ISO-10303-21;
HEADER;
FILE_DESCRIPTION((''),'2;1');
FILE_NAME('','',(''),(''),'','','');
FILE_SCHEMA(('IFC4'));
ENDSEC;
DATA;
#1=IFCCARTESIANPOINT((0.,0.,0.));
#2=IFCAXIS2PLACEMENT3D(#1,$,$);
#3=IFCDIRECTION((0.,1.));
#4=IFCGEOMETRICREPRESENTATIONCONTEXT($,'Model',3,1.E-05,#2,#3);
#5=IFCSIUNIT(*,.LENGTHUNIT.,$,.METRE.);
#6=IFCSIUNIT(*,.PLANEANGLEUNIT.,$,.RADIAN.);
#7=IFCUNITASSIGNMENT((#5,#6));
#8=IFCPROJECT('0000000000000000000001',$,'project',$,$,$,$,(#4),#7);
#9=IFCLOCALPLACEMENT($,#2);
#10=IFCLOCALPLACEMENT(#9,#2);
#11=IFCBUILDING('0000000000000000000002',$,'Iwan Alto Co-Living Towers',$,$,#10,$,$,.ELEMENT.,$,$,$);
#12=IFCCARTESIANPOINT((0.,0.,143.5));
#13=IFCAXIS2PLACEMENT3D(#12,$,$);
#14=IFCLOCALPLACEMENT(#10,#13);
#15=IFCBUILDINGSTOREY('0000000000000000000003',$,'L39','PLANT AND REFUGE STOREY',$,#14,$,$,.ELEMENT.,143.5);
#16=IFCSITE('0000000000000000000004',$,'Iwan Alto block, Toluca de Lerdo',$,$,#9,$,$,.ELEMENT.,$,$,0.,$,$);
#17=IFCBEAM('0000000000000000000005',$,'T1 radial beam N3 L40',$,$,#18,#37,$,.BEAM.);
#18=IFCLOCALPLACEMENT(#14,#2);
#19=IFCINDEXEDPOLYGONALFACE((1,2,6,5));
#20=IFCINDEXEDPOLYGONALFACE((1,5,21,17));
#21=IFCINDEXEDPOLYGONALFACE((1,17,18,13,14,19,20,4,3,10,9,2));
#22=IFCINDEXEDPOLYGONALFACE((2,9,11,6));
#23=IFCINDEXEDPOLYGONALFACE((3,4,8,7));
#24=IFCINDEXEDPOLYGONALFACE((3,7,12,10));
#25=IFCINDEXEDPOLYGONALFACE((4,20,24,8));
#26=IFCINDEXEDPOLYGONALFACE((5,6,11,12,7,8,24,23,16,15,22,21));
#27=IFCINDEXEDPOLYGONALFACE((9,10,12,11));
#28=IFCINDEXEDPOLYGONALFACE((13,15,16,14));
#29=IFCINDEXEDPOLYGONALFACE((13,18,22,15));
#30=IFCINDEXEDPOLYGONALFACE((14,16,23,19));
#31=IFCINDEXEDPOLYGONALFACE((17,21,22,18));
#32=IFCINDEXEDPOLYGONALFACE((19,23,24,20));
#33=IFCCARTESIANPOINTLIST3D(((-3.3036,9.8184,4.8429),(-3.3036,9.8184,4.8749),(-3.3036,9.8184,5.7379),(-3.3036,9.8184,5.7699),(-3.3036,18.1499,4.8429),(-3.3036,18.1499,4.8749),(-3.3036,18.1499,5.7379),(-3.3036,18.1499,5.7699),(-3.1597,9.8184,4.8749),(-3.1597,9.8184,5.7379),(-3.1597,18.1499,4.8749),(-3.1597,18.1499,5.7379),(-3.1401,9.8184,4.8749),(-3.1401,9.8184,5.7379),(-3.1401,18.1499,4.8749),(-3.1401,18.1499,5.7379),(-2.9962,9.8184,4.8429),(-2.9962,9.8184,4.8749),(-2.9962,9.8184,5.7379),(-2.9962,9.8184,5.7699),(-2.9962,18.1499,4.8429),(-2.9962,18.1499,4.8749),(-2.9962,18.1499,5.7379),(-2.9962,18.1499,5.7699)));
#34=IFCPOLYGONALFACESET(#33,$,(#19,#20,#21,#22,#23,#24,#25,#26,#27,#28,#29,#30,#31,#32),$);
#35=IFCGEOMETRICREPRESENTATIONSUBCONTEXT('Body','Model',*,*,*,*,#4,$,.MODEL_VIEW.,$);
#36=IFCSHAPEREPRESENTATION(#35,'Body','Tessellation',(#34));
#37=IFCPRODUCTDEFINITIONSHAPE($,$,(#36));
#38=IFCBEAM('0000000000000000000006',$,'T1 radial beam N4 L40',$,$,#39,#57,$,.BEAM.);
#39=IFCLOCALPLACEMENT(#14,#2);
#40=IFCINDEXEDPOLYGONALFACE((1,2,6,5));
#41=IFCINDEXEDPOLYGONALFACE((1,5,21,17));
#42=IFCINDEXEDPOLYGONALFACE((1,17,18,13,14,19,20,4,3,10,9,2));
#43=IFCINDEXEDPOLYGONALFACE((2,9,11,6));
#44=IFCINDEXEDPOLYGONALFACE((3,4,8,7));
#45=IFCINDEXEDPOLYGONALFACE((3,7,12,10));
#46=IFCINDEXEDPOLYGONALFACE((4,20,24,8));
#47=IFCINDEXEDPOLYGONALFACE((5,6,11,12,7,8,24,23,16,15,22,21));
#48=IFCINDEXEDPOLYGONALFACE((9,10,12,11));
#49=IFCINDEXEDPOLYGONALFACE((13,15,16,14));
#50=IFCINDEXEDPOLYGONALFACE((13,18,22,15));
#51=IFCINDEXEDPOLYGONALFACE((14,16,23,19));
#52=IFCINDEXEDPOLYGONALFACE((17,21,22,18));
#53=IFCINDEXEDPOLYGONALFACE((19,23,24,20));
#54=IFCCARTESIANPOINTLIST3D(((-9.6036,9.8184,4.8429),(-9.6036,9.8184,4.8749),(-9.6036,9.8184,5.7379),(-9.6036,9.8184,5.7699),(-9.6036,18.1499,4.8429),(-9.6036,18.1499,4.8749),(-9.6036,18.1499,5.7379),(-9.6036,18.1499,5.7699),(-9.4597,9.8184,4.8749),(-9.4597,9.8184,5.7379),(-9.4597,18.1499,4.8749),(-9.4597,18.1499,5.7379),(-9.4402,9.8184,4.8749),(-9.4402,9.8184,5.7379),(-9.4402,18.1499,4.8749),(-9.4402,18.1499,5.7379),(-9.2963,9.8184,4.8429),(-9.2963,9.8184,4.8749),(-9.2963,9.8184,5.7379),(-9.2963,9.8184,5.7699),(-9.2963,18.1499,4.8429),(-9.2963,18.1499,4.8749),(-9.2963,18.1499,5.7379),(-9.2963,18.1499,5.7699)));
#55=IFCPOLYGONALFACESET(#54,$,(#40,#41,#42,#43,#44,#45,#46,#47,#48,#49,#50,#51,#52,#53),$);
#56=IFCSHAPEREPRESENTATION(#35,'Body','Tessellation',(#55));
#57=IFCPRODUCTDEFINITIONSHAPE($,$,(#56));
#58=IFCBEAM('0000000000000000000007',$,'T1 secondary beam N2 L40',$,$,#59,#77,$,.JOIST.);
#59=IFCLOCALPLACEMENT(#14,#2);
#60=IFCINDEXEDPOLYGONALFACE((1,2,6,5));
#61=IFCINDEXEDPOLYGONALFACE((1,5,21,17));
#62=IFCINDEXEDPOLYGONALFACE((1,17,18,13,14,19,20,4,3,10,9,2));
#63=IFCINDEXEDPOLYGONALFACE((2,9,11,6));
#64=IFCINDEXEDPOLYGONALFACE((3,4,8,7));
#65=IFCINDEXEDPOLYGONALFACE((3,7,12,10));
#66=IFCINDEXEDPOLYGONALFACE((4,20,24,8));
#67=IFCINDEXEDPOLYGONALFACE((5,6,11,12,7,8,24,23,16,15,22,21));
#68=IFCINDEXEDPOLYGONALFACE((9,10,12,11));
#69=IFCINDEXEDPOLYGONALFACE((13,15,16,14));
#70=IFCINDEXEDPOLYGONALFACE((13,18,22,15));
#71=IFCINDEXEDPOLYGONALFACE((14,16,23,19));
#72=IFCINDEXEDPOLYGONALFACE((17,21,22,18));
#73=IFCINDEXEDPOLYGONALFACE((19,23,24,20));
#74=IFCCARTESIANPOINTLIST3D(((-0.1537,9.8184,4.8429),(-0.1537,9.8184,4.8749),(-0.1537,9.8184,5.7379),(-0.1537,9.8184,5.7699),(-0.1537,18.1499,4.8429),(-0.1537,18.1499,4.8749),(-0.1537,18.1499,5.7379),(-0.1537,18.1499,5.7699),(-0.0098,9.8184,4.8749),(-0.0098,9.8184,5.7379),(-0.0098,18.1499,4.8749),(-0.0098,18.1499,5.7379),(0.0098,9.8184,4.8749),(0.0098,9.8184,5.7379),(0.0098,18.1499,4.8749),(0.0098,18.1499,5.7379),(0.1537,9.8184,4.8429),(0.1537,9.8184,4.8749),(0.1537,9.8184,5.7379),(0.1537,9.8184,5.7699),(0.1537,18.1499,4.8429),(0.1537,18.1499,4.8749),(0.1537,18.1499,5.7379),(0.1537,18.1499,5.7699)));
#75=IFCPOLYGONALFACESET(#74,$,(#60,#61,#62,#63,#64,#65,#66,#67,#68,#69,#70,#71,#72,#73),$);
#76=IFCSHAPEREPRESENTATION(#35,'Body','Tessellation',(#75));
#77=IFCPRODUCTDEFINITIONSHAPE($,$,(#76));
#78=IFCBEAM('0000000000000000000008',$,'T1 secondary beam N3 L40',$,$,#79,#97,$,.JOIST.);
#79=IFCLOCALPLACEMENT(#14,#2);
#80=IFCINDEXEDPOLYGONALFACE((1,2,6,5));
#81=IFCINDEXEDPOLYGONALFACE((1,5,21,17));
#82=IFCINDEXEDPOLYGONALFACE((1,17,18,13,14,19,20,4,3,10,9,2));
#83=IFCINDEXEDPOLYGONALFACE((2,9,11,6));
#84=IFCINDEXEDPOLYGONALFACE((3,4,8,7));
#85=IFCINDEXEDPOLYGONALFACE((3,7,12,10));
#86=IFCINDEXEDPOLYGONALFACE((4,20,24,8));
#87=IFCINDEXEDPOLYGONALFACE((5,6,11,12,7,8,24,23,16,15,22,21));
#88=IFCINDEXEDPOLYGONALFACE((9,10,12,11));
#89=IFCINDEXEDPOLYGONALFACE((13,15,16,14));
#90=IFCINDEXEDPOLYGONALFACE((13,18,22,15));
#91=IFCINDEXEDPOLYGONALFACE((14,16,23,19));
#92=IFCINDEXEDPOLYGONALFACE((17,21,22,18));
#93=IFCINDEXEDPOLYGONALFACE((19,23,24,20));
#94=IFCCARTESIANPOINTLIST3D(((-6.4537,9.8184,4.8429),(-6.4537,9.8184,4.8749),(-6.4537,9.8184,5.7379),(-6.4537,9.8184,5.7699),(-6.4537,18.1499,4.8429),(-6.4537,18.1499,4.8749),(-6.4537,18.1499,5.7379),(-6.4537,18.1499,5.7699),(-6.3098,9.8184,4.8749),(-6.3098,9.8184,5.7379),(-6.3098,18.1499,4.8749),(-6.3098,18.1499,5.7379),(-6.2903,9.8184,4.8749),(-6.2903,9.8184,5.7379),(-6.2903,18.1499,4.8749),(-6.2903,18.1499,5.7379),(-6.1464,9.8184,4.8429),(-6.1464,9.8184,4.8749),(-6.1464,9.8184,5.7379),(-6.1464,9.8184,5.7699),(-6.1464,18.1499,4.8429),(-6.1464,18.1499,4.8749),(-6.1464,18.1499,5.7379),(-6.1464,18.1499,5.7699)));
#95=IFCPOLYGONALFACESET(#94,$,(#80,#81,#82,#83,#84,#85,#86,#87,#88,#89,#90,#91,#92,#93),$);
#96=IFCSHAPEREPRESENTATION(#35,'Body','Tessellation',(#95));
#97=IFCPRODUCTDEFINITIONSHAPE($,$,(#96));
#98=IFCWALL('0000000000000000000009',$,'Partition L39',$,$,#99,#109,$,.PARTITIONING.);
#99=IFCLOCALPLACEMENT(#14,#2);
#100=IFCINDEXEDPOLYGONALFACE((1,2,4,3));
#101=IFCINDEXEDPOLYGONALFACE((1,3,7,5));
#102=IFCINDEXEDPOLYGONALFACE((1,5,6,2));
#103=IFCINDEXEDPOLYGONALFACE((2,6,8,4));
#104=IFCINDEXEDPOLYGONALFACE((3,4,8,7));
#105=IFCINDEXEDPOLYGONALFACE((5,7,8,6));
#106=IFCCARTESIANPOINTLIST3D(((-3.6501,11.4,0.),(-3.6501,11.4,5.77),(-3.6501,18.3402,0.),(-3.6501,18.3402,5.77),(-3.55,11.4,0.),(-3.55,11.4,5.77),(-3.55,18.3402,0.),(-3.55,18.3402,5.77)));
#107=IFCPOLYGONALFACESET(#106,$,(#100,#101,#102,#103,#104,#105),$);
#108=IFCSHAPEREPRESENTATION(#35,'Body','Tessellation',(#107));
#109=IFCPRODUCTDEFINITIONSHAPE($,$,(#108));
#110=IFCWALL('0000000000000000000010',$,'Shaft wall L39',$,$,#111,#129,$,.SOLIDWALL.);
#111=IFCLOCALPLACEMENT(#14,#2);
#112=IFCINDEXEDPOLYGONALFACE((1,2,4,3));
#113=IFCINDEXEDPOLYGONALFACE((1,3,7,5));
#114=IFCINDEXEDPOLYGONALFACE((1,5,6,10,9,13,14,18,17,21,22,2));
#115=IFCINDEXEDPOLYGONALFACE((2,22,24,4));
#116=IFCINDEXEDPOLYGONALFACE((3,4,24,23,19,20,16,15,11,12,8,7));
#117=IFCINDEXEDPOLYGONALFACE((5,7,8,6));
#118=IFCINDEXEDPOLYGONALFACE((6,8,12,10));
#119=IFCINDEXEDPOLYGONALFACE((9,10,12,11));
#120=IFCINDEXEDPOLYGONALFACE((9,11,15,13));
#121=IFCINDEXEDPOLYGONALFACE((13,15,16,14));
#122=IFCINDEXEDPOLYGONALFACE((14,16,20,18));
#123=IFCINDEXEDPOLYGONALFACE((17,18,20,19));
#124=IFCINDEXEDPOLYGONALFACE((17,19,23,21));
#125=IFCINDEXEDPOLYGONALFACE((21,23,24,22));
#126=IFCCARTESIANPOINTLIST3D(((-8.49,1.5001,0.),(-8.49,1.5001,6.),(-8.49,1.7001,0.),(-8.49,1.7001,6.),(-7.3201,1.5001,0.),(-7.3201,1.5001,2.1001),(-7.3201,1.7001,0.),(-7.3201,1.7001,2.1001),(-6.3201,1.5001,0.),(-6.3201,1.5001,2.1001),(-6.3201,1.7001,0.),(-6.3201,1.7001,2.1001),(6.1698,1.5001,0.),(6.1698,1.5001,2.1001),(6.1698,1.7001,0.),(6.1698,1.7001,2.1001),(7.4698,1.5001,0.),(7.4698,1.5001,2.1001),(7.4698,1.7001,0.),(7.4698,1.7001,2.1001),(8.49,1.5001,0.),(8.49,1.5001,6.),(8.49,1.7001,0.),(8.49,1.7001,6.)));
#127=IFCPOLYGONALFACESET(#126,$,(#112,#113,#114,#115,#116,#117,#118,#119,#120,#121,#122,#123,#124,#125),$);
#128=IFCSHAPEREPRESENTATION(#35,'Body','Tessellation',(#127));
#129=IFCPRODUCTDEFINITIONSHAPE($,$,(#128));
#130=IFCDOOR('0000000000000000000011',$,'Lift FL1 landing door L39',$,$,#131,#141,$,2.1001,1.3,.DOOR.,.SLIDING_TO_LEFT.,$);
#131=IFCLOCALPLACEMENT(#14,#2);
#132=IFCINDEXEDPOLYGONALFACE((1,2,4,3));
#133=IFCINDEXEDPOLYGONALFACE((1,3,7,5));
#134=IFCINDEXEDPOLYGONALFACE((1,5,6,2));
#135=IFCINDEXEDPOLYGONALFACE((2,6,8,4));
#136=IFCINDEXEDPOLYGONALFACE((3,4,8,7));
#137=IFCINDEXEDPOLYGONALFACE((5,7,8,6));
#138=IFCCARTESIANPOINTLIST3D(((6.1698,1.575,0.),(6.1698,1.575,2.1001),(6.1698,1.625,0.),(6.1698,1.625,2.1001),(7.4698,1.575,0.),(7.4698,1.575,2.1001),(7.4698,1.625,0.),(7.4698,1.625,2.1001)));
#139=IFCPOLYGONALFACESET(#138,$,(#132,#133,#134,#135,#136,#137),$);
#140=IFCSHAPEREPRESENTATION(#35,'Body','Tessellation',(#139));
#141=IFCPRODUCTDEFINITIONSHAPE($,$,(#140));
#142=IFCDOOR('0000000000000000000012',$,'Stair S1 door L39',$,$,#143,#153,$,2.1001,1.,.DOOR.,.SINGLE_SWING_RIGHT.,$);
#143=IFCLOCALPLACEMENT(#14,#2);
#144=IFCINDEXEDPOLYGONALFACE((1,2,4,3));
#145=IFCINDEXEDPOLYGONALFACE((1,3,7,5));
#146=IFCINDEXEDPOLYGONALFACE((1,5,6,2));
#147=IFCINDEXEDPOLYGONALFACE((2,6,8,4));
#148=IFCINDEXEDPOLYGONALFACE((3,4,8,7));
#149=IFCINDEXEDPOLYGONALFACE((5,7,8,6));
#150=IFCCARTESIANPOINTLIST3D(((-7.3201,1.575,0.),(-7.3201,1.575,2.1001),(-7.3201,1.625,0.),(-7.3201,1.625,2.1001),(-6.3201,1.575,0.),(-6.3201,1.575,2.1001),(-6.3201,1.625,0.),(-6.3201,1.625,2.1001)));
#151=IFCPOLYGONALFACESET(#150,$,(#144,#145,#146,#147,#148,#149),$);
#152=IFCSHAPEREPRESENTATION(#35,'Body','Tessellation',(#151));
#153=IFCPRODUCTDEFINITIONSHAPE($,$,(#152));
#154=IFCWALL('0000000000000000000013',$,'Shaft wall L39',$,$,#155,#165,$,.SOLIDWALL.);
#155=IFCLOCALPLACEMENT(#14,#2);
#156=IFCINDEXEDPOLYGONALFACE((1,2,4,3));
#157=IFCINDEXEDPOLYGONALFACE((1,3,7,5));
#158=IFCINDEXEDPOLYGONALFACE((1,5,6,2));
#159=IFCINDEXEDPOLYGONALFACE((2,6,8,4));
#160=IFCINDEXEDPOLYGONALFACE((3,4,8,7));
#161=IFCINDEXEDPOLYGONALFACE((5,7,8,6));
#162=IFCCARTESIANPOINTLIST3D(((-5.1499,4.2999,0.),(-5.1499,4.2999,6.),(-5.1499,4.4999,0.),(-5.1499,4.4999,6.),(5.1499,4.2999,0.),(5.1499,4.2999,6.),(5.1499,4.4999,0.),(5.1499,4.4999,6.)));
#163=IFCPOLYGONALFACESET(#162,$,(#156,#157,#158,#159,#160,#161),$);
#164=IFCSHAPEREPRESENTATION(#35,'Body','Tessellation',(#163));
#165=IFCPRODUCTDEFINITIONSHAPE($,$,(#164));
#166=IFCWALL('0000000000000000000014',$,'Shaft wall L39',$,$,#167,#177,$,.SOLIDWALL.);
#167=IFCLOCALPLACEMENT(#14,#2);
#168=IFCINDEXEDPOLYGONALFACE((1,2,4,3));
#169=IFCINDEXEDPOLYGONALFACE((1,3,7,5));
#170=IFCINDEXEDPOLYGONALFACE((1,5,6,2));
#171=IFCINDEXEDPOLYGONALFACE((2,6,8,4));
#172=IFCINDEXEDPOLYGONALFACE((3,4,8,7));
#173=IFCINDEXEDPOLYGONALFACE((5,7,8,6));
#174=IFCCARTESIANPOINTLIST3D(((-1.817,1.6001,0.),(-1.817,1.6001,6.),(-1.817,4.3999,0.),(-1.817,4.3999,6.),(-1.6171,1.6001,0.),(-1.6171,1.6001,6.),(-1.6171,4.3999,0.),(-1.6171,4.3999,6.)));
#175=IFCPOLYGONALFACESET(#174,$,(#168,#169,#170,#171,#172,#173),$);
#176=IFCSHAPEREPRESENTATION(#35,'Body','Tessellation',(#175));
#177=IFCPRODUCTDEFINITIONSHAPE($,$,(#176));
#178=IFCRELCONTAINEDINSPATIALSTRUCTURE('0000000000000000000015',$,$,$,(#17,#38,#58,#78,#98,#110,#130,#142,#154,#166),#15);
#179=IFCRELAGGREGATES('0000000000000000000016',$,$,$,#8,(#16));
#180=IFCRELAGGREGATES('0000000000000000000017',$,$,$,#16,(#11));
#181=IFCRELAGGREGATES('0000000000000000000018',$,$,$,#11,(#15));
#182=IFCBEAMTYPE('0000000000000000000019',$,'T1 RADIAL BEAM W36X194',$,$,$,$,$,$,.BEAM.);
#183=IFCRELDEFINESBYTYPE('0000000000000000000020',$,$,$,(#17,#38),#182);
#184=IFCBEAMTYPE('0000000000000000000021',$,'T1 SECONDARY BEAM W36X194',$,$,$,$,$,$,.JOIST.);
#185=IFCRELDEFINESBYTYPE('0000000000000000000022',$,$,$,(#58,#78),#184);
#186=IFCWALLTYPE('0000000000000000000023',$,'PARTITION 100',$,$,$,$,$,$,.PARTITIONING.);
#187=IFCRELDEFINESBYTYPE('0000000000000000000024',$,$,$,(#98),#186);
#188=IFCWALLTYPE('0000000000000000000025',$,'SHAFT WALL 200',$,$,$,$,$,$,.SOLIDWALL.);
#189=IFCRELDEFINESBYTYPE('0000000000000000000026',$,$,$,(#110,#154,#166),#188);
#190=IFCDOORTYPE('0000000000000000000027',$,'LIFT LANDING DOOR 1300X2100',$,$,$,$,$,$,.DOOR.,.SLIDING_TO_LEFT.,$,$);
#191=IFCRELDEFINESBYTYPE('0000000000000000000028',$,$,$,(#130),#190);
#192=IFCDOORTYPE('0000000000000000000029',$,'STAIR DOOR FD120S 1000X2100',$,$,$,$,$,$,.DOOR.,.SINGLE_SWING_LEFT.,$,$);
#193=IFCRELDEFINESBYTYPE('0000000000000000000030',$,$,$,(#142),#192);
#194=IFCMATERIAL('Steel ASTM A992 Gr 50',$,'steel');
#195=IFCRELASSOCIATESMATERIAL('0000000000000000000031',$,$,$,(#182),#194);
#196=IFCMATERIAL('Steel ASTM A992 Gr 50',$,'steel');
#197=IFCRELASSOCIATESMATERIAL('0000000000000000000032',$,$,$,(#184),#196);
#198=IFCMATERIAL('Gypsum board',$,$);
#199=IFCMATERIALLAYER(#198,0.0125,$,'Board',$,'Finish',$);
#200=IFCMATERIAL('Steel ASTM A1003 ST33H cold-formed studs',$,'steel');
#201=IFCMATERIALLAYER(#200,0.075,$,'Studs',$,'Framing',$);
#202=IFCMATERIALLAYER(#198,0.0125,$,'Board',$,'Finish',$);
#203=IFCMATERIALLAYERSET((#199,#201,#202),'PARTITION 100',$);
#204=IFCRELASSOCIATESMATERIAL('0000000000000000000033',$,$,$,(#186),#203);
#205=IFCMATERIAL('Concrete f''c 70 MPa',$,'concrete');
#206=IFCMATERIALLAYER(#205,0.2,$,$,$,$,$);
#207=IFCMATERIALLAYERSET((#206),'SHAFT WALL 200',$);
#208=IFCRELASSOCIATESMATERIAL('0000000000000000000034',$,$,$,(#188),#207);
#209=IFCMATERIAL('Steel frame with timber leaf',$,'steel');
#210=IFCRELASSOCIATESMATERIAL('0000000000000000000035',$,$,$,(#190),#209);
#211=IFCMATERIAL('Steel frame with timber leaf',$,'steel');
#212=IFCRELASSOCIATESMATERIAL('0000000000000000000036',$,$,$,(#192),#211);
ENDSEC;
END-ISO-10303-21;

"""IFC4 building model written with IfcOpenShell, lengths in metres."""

from ifc_helpers import new_model, si_unit, direction, frame, frame_2d, origin, origin_2d, place, context, subcontext, project, spatial, rectangle, i_section, extrude, material, layer, layer_set, material_profile, profile_set, type_object, element, fill, save


model = new_model("IFC4")

# Units and contexts
model_context = context("Model", 3, precision=1e-05, world=origin(), true_north=direction((0.0, 1.0)))
body_context = subcontext(model_context, "Body", "Model", "MODEL_VIEW")
ifc_project = project(units=[si_unit("LENGTHUNIT", "METRE"), si_unit("PLANEANGLEUNIT", "RADIAN")], contexts=[model_context])

# Site, building, storey
site_placement = place(None, origin())
site = spatial("IfcSite", under=ifc_project, at=site_placement, Name="Iwan Alto block, Toluca de Lerdo", CompositionType="ELEMENT", RefElevation=0.0)
building_placement = place(site_placement, origin())
building = spatial("IfcBuilding", under=site, at=building_placement, Name="Iwan Alto Co-Living Towers", CompositionType="ELEMENT")
storey_placement = place(building_placement, frame((0.0, 0.0, 143.5)))
storey = spatial("IfcBuildingStorey", under=building, at=storey_placement, Name="L39", Description="PLANT AND REFUGE STOREY", CompositionType="ELEMENT", Elevation=143.5)

# Beams
ifc_material_1 = material(Name="Steel ASTM A992 Gr 50", Category="steel")
ifc_material_profile_1 = material_profile(ifc_material_1, i_section(OverallWidth=0.3074, OverallDepth=0.927, WebThickness=0.0195, FlangeThickness=0.032, at=origin_2d()), Name="W36X194")
ifc_profile_set_1 = profile_set([ifc_material_profile_1], Name="Steel ASTM A992 Gr 50")
beam_type_1 = type_object("IfcBeamType", Name="T1 RADIAL BEAM W36X194", PredefinedType="BEAM", material=ifc_profile_set_1)
for number, where, z_axis, x_axis, name in (
    (1, (-3.1499, 18.1499, 5.3064), (0.0, -1.0, 0.0), (1.0, 0.0, 0.0), "T1 radial beam N3 L40"),
    (2, (-9.45, 18.1499, 5.3064), (0.0, -1.0, 0.0), (1.0, 0.0, 0.0), "T1 radial beam N4 L40"),
):
    element("IfcBeam", number, at=place(storey_placement, frame(where, z_axis=z_axis, x_axis=x_axis)), inside=storey, type_object=beam_type_1, Name=name, PredefinedType="BEAM", context=body_context, shape_type="SweptSolid", body=[
        extrude(i_section(OverallWidth=0.3074, OverallDepth=0.927, WebThickness=0.0195, FlangeThickness=0.032, at=origin_2d()), origin(), (0.0, 0.0, 1.0), 8.3315),
    ])
ifc_material_2 = material(Name="Steel ASTM A992 Gr 50", Category="steel")
ifc_material_profile_2 = material_profile(ifc_material_2, i_section(OverallWidth=0.3074, OverallDepth=0.927, WebThickness=0.0195, FlangeThickness=0.032, at=origin_2d()), Name="W36X194")
ifc_profile_set_2 = profile_set([ifc_material_profile_2], Name="Steel ASTM A992 Gr 50")
beam_type_2 = type_object("IfcBeamType", Name="T1 SECONDARY BEAM W36X194", PredefinedType="JOIST", material=ifc_profile_set_2)
for number, where, z_axis, x_axis, name in (
    (3, (0.0, 18.1499, 5.3064), (0.0, -1.0, 0.0), (1.0, 0.0, 0.0), "T1 secondary beam N2 L40"),
    (4, (-6.3, 18.1499, 5.3064), (0.0, -1.0, 0.0), (1.0, 0.0, 0.0), "T1 secondary beam N3 L40"),
):
    element("IfcBeam", number, at=place(storey_placement, frame(where, z_axis=z_axis, x_axis=x_axis)), inside=storey, type_object=beam_type_2, Name=name, PredefinedType="JOIST", context=body_context, shape_type="SweptSolid", body=[
        extrude(i_section(OverallWidth=0.3074, OverallDepth=0.927, WebThickness=0.0195, FlangeThickness=0.032, at=origin_2d()), origin(), (0.0, 0.0, 1.0), 8.3315),
    ])

# Wall
ifc_material_3 = material(Name="Gypsum board")
ifc_layer_1 = layer(ifc_material_3, 0.0125, Name="Board", Category="Finish")
ifc_material_4 = material(Name="Steel ASTM A1003 ST33H cold-formed studs", Category="steel")
ifc_layer_2 = layer(ifc_material_4, 0.075, Name="Studs", Category="Framing")
ifc_layer_3 = layer(ifc_material_3, 0.0125, Name="Board", Category="Finish")
ifc_layer_set_1 = layer_set([ifc_layer_1, ifc_layer_2, ifc_layer_3], Name="PARTITION 100")
wall_type_1 = type_object("IfcWallType", Name="PARTITION 100", PredefinedType="PARTITIONING", material=ifc_layer_set_1)
wall_1_placement = place(storey_placement, frame((-3.6001, 11.3999, 0.0), z_axis=(0.0, 0.0, 1.0), x_axis=(0.0, 1.0, 0.0)))
element("IfcWall", 5, at=wall_1_placement, inside=storey, type_object=wall_type_1, Name="Partition L39", PredefinedType="PARTITIONING", context=body_context, shape_type="SweptSolid", body=[
    extrude(rectangle(XDim=6.9402, YDim=0.1001, at=frame_2d((3.4702, 0.0))), origin(), (0.0, 0.0, 1.0), 5.77),
])

# Wall, openings, doors
ifc_material_5 = material(Name="Concrete f'c 70 MPa", Category="concrete")
ifc_layer_4 = layer(ifc_material_5, 0.2)
ifc_layer_set_2 = layer_set([ifc_layer_4], Name="SHAFT WALL 200")
wall_type_2 = type_object("IfcWallType", Name="SHAFT WALL 200", PredefinedType="SOLIDWALL", material=ifc_layer_set_2)
wall_2_placement = place(storey_placement, frame((-8.49, 1.6001, 0.0), z_axis=(0.0, 0.0, 1.0), x_axis=(1.0, 0.0, 0.0)))
wall_2 = element("IfcWall", 6, at=wall_2_placement, inside=storey, type_object=wall_type_2, Name="Shaft wall L39", PredefinedType="SOLIDWALL", context=body_context, shape_type="SweptSolid", body=[
    extrude(rectangle(XDim=16.98, YDim=0.2, at=frame_2d((8.49, 0.0))), origin(), (0.0, 0.0, 1.0), 6.0),
])
opening_1_placement = place(wall_2_placement, frame((1.1699, 0.0, 0.0)))
opening_1 = element("IfcOpeningElement", 7, at=opening_1_placement, cuts=wall_2, PredefinedType="OPENING", context=body_context, shape_type="SweptSolid", body=[
    extrude(rectangle(XDim=1.0, YDim=2.1001, at=frame_2d((0.5, 1.05))), frame((0.0, 0.1099, 0.0), z_axis=(0.0, -1.0, 0.0), x_axis=(1.0, 0.0, 0.0)), (0.0, 0.0, 1.0), 0.22),
])
opening_2_placement = place(wall_2_placement, frame((14.6599, 0.0, 0.0)))
opening_2 = element("IfcOpeningElement", 8, at=opening_2_placement, cuts=wall_2, PredefinedType="OPENING", context=body_context, shape_type="SweptSolid", body=[
    extrude(rectangle(XDim=1.3, YDim=2.1001, at=frame_2d((0.6499, 1.05))), frame((0.0, 0.1099, 0.0), z_axis=(0.0, -1.0, 0.0), x_axis=(1.0, 0.0, 0.0)), (0.0, 0.0, 1.0), 0.22),
])
ifc_material_6 = material(Name="Steel frame with timber leaf", Category="steel")
door_type_1 = type_object("IfcDoorType", Name="LIFT LANDING DOOR 1300X2100", OperationType="SLIDING_TO_LEFT", PredefinedType="DOOR", material=ifc_material_6)
door_1_placement = place(opening_2_placement, origin())
door_1 = element("IfcDoor", 9, at=door_1_placement, inside=storey, type_object=door_type_1, Name="Lift FL1 landing door L39", OperationType="SLIDING_TO_LEFT", OverallHeight=2.1001, OverallWidth=1.3, PredefinedType="DOOR", context=body_context, shape_type="SweptSolid", body=[
    extrude(rectangle(XDim=1.3, YDim=2.1001, at=frame_2d((0.6499, 1.05))), frame((0.0, 0.0249, 0.0), z_axis=(0.0, -1.0, 0.0), x_axis=(1.0, 0.0, 0.0)), (0.0, 0.0, 1.0), 0.05),
])
fill(opening_2, door_1)
ifc_material_7 = material(Name="Steel frame with timber leaf", Category="steel")
door_type_2 = type_object("IfcDoorType", Name="STAIR DOOR FD120S 1000X2100", OperationType="SINGLE_SWING_LEFT", PredefinedType="DOOR", material=ifc_material_7)
door_2_placement = place(opening_1_placement, origin())
door_2 = element("IfcDoor", 10, at=door_2_placement, inside=storey, type_object=door_type_2, Name="Stair S1 door L39", OperationType="SINGLE_SWING_RIGHT", OverallHeight=2.1001, OverallWidth=1.0, PredefinedType="DOOR", context=body_context, shape_type="SweptSolid", body=[
    extrude(rectangle(XDim=1.0, YDim=2.1001, at=frame_2d((0.5, 1.05))), frame((0.0, 0.0249, 0.0), z_axis=(0.0, -1.0, 0.0), x_axis=(1.0, 0.0, 0.0)), (0.0, 0.0, 1.0), 0.05),
])
fill(opening_1, door_2)

# Walls
wall_3_placement = place(storey_placement, frame((-5.1499, 4.3999, 0.0), z_axis=(0.0, 0.0, 1.0), x_axis=(1.0, 0.0, 0.0)))
element("IfcWall", 11, at=wall_3_placement, inside=storey, type_object=wall_type_2, Name="Shaft wall L39", PredefinedType="SOLIDWALL", context=body_context, shape_type="SweptSolid", body=[
    extrude(rectangle(XDim=10.2998, YDim=0.2, at=frame_2d((5.1499, 0.0))), origin(), (0.0, 0.0, 1.0), 6.0),
])
wall_4_placement = place(storey_placement, frame((-1.717, 1.6001, 0.0), z_axis=(0.0, 0.0, 1.0), x_axis=(0.0, 1.0, 0.0)))
element("IfcWall", 12, at=wall_4_placement, inside=storey, type_object=wall_type_2, Name="Shaft wall L39", PredefinedType="SOLIDWALL", context=body_context, shape_type="SweptSolid", body=[
    extrude(rectangle(XDim=2.7998, YDim=0.2, at=frame_2d((1.3999, 0.0))), origin(), (0.0, 0.0, 1.0), 6.0),
])

save(model, "model.ifc")
